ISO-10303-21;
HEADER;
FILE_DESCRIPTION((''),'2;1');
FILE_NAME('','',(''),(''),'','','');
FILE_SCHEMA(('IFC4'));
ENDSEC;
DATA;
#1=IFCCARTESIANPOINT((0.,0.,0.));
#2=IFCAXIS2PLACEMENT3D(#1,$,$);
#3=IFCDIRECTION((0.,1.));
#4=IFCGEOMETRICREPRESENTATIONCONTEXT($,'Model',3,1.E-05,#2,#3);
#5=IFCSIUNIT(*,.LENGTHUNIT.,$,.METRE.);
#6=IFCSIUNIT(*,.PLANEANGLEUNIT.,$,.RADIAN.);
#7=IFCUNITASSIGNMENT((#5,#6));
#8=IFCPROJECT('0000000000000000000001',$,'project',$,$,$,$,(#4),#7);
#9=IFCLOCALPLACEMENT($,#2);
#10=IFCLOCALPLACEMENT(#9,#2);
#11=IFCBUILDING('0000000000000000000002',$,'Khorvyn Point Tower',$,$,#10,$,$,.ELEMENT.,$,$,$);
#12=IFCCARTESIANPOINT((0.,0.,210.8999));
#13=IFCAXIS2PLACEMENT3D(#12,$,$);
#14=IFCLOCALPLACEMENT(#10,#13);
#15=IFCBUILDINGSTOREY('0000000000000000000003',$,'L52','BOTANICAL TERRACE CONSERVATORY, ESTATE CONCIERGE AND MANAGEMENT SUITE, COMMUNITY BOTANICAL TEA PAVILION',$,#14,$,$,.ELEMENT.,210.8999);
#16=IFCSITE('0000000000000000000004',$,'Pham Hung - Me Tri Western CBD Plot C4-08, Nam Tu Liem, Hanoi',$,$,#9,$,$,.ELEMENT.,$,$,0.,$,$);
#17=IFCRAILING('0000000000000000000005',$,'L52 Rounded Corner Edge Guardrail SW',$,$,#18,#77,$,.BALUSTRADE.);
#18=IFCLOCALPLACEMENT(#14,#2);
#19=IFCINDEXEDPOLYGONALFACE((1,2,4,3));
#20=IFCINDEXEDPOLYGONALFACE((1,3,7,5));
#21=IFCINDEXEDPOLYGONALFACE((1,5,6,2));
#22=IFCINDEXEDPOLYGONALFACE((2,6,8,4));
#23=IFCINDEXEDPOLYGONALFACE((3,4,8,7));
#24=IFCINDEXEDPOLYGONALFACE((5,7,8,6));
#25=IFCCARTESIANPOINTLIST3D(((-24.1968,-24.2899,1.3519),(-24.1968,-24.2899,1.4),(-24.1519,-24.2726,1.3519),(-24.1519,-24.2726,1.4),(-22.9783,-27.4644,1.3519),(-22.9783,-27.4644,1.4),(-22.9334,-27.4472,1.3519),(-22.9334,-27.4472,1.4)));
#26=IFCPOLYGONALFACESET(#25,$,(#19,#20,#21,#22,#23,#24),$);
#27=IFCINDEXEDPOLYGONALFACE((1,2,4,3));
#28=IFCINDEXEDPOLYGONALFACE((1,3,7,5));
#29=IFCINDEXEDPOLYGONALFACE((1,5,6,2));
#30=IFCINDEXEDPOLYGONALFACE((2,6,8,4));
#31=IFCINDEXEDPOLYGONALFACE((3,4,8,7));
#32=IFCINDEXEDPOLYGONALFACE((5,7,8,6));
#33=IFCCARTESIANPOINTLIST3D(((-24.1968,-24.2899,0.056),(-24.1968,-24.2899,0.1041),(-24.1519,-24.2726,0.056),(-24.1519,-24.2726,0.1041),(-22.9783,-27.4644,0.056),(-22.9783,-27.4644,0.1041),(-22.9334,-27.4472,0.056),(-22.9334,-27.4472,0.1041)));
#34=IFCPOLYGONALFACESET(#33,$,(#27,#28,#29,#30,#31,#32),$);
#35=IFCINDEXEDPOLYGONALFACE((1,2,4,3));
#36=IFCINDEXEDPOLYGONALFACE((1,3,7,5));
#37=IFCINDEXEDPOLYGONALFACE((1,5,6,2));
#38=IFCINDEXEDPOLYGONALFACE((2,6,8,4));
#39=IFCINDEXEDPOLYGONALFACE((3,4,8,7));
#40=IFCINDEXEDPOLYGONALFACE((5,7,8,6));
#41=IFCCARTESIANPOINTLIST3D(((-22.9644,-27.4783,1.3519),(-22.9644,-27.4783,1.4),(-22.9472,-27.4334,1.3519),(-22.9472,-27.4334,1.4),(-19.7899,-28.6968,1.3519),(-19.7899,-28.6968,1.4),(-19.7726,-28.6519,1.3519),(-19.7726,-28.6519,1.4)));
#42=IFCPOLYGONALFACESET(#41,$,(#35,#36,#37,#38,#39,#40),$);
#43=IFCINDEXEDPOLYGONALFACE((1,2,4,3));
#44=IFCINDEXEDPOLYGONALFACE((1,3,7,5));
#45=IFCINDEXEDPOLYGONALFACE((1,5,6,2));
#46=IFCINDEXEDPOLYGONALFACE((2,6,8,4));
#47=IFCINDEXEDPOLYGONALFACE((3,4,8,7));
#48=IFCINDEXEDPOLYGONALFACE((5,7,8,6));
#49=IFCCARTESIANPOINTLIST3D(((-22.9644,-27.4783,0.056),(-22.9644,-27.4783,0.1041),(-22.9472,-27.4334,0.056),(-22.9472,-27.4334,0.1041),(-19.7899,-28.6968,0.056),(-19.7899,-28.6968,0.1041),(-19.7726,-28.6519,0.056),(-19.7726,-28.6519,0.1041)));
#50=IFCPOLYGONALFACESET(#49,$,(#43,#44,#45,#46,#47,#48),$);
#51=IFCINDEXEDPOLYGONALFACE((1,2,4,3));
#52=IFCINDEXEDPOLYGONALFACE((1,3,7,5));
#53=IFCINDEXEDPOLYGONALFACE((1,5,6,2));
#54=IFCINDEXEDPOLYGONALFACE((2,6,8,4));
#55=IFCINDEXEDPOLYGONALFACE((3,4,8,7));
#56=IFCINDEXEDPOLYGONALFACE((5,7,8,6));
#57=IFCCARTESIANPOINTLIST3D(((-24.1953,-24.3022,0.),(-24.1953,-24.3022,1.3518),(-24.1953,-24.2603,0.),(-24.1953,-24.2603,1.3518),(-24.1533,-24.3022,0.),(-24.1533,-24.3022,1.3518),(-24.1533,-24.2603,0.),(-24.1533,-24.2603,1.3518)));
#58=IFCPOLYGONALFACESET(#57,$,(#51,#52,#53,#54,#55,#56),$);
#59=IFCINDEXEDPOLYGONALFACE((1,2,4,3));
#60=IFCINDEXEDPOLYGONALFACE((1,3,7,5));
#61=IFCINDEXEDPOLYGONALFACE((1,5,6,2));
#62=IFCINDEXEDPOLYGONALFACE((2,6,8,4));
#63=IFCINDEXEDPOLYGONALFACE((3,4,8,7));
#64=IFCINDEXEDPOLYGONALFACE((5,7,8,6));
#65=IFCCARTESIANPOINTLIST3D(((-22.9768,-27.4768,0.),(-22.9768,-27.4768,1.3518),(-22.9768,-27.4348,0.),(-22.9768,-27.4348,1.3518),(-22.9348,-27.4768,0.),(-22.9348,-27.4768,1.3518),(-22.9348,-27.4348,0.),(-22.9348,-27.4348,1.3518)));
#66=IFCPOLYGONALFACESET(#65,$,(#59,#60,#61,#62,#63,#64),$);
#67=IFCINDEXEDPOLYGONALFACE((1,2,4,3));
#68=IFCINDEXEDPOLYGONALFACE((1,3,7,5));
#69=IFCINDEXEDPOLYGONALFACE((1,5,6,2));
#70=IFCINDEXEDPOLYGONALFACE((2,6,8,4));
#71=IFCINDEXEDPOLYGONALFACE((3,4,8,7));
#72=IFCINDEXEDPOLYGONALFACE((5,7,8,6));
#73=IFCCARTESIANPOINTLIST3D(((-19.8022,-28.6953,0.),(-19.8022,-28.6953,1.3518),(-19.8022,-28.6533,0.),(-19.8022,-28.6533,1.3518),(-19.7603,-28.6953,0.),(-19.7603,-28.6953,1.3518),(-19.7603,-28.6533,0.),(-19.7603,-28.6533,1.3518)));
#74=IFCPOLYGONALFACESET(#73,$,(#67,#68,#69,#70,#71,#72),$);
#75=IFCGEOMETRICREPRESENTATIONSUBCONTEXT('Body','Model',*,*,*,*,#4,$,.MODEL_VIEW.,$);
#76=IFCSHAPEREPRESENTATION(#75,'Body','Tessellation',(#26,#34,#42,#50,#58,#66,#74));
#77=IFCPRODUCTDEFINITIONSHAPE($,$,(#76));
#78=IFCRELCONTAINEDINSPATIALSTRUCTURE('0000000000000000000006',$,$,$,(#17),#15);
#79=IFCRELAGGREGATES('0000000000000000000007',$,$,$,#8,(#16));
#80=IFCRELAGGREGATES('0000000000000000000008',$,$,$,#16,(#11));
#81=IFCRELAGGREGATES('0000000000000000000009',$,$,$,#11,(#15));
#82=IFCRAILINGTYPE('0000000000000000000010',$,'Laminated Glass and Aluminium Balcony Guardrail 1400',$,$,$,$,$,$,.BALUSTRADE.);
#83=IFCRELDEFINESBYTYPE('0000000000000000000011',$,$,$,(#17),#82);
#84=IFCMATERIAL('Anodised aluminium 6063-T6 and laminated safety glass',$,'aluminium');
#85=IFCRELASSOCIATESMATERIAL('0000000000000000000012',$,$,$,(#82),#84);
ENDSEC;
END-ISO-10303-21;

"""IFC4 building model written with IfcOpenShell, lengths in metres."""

from ifc_helpers import new_model, si_unit, direction, frame, origin, origin_2d, place, context, subcontext, project, spatial, rectangle, extrude, material, type_object, element, save


model = new_model("IFC4")

# Units and contexts
model_context = context("Model", 3, precision=1e-05, world=origin(), true_north=direction((0.0, 1.0)))
body_context = subcontext(model_context, "Body", "Model", "MODEL_VIEW")
ifc_project = project(units=[si_unit("LENGTHUNIT", "METRE"), si_unit("PLANEANGLEUNIT", "RADIAN")], contexts=[model_context])

# Site, building, storey
site_placement = place(None, origin())
site = spatial("IfcSite", under=ifc_project, at=site_placement, Name="Pham Hung - Me Tri Western CBD Plot C4-08, Nam Tu Liem, Hanoi", CompositionType="ELEMENT", RefElevation=0.0)
building_placement = place(site_placement, origin())
building = spatial("IfcBuilding", under=site, at=building_placement, Name="Khorvyn Point Tower", CompositionType="ELEMENT")
storey_placement = place(building_placement, frame((0.0, 0.0, 210.8999)))
storey = spatial("IfcBuildingStorey", under=building, at=storey_placement, Name="L52", Description="BOTANICAL TERRACE CONSERVATORY, ESTATE CONCIERGE AND MANAGEMENT SUITE, COMMUNITY BOTANICAL TEA PAVILION", CompositionType="ELEMENT", Elevation=210.8999)

# Railing
ifc_material_1 = material(Name="Anodised aluminium 6063-T6 and laminated safety glass", Category="aluminium")
railing_type = type_object("IfcRailingType", Name="Laminated Glass and Aluminium Balcony Guardrail 1400", PredefinedType="BALUSTRADE", material=ifc_material_1)
railing_placement = place(storey_placement, frame((-24.1743, -24.2812, 0.0)))
element("IfcRailing", 1, at=railing_placement, inside=storey, type_object=railing_type, Name="L52 Rounded Corner Edge Guardrail SW", PredefinedType="BALUSTRADE", context=body_context, shape_type="SweptSolid", body=[
    extrude(rectangle(XDim=0.0481, YDim=0.0481, at=origin_2d()), frame((0.0, 0.0, 1.376), z_axis=(0.358344, -0.93359, 0.0), x_axis=(0.93359, 0.358344, 0.0)), (0.0, 0.0, 1.0), 3.4004),
    extrude(rectangle(XDim=0.0481, YDim=0.0481, at=origin_2d()), frame((0.0, 0.0, 0.0801), z_axis=(0.358344, -0.93359, 0.0), x_axis=(0.93359, 0.358344, 0.0)), (0.0, 0.0, 1.0), 3.4004),
    extrude(rectangle(XDim=0.0481, YDim=0.0481, at=origin_2d()), frame((1.2185, -3.1746, 1.376), z_axis=(0.93359, -0.358344, 0.0), x_axis=(0.358344, 0.93359, 0.0)), (0.0, 0.0, 1.0), 3.4004),
    extrude(rectangle(XDim=0.0481, YDim=0.0481, at=origin_2d()), frame((1.2185, -3.1746, 0.0801), z_axis=(0.93359, -0.358344, 0.0), x_axis=(0.358344, 0.93359, 0.0)), (0.0, 0.0, 1.0), 3.4004),
    extrude(rectangle(XDim=0.042, YDim=0.042, at=origin_2d()), origin(), (0.0, 0.0, 1.0), 1.3518),
    extrude(rectangle(XDim=0.042, YDim=0.042, at=origin_2d()), frame((1.2185, -3.1746, 0.0)), (0.0, 0.0, 1.0), 1.3518),
    extrude(rectangle(XDim=0.042, YDim=0.042, at=origin_2d()), frame((4.3931, -4.3931, 0.0)), (0.0, 0.0, 1.0), 1.3518),
])

save(model, "model.ifc")
